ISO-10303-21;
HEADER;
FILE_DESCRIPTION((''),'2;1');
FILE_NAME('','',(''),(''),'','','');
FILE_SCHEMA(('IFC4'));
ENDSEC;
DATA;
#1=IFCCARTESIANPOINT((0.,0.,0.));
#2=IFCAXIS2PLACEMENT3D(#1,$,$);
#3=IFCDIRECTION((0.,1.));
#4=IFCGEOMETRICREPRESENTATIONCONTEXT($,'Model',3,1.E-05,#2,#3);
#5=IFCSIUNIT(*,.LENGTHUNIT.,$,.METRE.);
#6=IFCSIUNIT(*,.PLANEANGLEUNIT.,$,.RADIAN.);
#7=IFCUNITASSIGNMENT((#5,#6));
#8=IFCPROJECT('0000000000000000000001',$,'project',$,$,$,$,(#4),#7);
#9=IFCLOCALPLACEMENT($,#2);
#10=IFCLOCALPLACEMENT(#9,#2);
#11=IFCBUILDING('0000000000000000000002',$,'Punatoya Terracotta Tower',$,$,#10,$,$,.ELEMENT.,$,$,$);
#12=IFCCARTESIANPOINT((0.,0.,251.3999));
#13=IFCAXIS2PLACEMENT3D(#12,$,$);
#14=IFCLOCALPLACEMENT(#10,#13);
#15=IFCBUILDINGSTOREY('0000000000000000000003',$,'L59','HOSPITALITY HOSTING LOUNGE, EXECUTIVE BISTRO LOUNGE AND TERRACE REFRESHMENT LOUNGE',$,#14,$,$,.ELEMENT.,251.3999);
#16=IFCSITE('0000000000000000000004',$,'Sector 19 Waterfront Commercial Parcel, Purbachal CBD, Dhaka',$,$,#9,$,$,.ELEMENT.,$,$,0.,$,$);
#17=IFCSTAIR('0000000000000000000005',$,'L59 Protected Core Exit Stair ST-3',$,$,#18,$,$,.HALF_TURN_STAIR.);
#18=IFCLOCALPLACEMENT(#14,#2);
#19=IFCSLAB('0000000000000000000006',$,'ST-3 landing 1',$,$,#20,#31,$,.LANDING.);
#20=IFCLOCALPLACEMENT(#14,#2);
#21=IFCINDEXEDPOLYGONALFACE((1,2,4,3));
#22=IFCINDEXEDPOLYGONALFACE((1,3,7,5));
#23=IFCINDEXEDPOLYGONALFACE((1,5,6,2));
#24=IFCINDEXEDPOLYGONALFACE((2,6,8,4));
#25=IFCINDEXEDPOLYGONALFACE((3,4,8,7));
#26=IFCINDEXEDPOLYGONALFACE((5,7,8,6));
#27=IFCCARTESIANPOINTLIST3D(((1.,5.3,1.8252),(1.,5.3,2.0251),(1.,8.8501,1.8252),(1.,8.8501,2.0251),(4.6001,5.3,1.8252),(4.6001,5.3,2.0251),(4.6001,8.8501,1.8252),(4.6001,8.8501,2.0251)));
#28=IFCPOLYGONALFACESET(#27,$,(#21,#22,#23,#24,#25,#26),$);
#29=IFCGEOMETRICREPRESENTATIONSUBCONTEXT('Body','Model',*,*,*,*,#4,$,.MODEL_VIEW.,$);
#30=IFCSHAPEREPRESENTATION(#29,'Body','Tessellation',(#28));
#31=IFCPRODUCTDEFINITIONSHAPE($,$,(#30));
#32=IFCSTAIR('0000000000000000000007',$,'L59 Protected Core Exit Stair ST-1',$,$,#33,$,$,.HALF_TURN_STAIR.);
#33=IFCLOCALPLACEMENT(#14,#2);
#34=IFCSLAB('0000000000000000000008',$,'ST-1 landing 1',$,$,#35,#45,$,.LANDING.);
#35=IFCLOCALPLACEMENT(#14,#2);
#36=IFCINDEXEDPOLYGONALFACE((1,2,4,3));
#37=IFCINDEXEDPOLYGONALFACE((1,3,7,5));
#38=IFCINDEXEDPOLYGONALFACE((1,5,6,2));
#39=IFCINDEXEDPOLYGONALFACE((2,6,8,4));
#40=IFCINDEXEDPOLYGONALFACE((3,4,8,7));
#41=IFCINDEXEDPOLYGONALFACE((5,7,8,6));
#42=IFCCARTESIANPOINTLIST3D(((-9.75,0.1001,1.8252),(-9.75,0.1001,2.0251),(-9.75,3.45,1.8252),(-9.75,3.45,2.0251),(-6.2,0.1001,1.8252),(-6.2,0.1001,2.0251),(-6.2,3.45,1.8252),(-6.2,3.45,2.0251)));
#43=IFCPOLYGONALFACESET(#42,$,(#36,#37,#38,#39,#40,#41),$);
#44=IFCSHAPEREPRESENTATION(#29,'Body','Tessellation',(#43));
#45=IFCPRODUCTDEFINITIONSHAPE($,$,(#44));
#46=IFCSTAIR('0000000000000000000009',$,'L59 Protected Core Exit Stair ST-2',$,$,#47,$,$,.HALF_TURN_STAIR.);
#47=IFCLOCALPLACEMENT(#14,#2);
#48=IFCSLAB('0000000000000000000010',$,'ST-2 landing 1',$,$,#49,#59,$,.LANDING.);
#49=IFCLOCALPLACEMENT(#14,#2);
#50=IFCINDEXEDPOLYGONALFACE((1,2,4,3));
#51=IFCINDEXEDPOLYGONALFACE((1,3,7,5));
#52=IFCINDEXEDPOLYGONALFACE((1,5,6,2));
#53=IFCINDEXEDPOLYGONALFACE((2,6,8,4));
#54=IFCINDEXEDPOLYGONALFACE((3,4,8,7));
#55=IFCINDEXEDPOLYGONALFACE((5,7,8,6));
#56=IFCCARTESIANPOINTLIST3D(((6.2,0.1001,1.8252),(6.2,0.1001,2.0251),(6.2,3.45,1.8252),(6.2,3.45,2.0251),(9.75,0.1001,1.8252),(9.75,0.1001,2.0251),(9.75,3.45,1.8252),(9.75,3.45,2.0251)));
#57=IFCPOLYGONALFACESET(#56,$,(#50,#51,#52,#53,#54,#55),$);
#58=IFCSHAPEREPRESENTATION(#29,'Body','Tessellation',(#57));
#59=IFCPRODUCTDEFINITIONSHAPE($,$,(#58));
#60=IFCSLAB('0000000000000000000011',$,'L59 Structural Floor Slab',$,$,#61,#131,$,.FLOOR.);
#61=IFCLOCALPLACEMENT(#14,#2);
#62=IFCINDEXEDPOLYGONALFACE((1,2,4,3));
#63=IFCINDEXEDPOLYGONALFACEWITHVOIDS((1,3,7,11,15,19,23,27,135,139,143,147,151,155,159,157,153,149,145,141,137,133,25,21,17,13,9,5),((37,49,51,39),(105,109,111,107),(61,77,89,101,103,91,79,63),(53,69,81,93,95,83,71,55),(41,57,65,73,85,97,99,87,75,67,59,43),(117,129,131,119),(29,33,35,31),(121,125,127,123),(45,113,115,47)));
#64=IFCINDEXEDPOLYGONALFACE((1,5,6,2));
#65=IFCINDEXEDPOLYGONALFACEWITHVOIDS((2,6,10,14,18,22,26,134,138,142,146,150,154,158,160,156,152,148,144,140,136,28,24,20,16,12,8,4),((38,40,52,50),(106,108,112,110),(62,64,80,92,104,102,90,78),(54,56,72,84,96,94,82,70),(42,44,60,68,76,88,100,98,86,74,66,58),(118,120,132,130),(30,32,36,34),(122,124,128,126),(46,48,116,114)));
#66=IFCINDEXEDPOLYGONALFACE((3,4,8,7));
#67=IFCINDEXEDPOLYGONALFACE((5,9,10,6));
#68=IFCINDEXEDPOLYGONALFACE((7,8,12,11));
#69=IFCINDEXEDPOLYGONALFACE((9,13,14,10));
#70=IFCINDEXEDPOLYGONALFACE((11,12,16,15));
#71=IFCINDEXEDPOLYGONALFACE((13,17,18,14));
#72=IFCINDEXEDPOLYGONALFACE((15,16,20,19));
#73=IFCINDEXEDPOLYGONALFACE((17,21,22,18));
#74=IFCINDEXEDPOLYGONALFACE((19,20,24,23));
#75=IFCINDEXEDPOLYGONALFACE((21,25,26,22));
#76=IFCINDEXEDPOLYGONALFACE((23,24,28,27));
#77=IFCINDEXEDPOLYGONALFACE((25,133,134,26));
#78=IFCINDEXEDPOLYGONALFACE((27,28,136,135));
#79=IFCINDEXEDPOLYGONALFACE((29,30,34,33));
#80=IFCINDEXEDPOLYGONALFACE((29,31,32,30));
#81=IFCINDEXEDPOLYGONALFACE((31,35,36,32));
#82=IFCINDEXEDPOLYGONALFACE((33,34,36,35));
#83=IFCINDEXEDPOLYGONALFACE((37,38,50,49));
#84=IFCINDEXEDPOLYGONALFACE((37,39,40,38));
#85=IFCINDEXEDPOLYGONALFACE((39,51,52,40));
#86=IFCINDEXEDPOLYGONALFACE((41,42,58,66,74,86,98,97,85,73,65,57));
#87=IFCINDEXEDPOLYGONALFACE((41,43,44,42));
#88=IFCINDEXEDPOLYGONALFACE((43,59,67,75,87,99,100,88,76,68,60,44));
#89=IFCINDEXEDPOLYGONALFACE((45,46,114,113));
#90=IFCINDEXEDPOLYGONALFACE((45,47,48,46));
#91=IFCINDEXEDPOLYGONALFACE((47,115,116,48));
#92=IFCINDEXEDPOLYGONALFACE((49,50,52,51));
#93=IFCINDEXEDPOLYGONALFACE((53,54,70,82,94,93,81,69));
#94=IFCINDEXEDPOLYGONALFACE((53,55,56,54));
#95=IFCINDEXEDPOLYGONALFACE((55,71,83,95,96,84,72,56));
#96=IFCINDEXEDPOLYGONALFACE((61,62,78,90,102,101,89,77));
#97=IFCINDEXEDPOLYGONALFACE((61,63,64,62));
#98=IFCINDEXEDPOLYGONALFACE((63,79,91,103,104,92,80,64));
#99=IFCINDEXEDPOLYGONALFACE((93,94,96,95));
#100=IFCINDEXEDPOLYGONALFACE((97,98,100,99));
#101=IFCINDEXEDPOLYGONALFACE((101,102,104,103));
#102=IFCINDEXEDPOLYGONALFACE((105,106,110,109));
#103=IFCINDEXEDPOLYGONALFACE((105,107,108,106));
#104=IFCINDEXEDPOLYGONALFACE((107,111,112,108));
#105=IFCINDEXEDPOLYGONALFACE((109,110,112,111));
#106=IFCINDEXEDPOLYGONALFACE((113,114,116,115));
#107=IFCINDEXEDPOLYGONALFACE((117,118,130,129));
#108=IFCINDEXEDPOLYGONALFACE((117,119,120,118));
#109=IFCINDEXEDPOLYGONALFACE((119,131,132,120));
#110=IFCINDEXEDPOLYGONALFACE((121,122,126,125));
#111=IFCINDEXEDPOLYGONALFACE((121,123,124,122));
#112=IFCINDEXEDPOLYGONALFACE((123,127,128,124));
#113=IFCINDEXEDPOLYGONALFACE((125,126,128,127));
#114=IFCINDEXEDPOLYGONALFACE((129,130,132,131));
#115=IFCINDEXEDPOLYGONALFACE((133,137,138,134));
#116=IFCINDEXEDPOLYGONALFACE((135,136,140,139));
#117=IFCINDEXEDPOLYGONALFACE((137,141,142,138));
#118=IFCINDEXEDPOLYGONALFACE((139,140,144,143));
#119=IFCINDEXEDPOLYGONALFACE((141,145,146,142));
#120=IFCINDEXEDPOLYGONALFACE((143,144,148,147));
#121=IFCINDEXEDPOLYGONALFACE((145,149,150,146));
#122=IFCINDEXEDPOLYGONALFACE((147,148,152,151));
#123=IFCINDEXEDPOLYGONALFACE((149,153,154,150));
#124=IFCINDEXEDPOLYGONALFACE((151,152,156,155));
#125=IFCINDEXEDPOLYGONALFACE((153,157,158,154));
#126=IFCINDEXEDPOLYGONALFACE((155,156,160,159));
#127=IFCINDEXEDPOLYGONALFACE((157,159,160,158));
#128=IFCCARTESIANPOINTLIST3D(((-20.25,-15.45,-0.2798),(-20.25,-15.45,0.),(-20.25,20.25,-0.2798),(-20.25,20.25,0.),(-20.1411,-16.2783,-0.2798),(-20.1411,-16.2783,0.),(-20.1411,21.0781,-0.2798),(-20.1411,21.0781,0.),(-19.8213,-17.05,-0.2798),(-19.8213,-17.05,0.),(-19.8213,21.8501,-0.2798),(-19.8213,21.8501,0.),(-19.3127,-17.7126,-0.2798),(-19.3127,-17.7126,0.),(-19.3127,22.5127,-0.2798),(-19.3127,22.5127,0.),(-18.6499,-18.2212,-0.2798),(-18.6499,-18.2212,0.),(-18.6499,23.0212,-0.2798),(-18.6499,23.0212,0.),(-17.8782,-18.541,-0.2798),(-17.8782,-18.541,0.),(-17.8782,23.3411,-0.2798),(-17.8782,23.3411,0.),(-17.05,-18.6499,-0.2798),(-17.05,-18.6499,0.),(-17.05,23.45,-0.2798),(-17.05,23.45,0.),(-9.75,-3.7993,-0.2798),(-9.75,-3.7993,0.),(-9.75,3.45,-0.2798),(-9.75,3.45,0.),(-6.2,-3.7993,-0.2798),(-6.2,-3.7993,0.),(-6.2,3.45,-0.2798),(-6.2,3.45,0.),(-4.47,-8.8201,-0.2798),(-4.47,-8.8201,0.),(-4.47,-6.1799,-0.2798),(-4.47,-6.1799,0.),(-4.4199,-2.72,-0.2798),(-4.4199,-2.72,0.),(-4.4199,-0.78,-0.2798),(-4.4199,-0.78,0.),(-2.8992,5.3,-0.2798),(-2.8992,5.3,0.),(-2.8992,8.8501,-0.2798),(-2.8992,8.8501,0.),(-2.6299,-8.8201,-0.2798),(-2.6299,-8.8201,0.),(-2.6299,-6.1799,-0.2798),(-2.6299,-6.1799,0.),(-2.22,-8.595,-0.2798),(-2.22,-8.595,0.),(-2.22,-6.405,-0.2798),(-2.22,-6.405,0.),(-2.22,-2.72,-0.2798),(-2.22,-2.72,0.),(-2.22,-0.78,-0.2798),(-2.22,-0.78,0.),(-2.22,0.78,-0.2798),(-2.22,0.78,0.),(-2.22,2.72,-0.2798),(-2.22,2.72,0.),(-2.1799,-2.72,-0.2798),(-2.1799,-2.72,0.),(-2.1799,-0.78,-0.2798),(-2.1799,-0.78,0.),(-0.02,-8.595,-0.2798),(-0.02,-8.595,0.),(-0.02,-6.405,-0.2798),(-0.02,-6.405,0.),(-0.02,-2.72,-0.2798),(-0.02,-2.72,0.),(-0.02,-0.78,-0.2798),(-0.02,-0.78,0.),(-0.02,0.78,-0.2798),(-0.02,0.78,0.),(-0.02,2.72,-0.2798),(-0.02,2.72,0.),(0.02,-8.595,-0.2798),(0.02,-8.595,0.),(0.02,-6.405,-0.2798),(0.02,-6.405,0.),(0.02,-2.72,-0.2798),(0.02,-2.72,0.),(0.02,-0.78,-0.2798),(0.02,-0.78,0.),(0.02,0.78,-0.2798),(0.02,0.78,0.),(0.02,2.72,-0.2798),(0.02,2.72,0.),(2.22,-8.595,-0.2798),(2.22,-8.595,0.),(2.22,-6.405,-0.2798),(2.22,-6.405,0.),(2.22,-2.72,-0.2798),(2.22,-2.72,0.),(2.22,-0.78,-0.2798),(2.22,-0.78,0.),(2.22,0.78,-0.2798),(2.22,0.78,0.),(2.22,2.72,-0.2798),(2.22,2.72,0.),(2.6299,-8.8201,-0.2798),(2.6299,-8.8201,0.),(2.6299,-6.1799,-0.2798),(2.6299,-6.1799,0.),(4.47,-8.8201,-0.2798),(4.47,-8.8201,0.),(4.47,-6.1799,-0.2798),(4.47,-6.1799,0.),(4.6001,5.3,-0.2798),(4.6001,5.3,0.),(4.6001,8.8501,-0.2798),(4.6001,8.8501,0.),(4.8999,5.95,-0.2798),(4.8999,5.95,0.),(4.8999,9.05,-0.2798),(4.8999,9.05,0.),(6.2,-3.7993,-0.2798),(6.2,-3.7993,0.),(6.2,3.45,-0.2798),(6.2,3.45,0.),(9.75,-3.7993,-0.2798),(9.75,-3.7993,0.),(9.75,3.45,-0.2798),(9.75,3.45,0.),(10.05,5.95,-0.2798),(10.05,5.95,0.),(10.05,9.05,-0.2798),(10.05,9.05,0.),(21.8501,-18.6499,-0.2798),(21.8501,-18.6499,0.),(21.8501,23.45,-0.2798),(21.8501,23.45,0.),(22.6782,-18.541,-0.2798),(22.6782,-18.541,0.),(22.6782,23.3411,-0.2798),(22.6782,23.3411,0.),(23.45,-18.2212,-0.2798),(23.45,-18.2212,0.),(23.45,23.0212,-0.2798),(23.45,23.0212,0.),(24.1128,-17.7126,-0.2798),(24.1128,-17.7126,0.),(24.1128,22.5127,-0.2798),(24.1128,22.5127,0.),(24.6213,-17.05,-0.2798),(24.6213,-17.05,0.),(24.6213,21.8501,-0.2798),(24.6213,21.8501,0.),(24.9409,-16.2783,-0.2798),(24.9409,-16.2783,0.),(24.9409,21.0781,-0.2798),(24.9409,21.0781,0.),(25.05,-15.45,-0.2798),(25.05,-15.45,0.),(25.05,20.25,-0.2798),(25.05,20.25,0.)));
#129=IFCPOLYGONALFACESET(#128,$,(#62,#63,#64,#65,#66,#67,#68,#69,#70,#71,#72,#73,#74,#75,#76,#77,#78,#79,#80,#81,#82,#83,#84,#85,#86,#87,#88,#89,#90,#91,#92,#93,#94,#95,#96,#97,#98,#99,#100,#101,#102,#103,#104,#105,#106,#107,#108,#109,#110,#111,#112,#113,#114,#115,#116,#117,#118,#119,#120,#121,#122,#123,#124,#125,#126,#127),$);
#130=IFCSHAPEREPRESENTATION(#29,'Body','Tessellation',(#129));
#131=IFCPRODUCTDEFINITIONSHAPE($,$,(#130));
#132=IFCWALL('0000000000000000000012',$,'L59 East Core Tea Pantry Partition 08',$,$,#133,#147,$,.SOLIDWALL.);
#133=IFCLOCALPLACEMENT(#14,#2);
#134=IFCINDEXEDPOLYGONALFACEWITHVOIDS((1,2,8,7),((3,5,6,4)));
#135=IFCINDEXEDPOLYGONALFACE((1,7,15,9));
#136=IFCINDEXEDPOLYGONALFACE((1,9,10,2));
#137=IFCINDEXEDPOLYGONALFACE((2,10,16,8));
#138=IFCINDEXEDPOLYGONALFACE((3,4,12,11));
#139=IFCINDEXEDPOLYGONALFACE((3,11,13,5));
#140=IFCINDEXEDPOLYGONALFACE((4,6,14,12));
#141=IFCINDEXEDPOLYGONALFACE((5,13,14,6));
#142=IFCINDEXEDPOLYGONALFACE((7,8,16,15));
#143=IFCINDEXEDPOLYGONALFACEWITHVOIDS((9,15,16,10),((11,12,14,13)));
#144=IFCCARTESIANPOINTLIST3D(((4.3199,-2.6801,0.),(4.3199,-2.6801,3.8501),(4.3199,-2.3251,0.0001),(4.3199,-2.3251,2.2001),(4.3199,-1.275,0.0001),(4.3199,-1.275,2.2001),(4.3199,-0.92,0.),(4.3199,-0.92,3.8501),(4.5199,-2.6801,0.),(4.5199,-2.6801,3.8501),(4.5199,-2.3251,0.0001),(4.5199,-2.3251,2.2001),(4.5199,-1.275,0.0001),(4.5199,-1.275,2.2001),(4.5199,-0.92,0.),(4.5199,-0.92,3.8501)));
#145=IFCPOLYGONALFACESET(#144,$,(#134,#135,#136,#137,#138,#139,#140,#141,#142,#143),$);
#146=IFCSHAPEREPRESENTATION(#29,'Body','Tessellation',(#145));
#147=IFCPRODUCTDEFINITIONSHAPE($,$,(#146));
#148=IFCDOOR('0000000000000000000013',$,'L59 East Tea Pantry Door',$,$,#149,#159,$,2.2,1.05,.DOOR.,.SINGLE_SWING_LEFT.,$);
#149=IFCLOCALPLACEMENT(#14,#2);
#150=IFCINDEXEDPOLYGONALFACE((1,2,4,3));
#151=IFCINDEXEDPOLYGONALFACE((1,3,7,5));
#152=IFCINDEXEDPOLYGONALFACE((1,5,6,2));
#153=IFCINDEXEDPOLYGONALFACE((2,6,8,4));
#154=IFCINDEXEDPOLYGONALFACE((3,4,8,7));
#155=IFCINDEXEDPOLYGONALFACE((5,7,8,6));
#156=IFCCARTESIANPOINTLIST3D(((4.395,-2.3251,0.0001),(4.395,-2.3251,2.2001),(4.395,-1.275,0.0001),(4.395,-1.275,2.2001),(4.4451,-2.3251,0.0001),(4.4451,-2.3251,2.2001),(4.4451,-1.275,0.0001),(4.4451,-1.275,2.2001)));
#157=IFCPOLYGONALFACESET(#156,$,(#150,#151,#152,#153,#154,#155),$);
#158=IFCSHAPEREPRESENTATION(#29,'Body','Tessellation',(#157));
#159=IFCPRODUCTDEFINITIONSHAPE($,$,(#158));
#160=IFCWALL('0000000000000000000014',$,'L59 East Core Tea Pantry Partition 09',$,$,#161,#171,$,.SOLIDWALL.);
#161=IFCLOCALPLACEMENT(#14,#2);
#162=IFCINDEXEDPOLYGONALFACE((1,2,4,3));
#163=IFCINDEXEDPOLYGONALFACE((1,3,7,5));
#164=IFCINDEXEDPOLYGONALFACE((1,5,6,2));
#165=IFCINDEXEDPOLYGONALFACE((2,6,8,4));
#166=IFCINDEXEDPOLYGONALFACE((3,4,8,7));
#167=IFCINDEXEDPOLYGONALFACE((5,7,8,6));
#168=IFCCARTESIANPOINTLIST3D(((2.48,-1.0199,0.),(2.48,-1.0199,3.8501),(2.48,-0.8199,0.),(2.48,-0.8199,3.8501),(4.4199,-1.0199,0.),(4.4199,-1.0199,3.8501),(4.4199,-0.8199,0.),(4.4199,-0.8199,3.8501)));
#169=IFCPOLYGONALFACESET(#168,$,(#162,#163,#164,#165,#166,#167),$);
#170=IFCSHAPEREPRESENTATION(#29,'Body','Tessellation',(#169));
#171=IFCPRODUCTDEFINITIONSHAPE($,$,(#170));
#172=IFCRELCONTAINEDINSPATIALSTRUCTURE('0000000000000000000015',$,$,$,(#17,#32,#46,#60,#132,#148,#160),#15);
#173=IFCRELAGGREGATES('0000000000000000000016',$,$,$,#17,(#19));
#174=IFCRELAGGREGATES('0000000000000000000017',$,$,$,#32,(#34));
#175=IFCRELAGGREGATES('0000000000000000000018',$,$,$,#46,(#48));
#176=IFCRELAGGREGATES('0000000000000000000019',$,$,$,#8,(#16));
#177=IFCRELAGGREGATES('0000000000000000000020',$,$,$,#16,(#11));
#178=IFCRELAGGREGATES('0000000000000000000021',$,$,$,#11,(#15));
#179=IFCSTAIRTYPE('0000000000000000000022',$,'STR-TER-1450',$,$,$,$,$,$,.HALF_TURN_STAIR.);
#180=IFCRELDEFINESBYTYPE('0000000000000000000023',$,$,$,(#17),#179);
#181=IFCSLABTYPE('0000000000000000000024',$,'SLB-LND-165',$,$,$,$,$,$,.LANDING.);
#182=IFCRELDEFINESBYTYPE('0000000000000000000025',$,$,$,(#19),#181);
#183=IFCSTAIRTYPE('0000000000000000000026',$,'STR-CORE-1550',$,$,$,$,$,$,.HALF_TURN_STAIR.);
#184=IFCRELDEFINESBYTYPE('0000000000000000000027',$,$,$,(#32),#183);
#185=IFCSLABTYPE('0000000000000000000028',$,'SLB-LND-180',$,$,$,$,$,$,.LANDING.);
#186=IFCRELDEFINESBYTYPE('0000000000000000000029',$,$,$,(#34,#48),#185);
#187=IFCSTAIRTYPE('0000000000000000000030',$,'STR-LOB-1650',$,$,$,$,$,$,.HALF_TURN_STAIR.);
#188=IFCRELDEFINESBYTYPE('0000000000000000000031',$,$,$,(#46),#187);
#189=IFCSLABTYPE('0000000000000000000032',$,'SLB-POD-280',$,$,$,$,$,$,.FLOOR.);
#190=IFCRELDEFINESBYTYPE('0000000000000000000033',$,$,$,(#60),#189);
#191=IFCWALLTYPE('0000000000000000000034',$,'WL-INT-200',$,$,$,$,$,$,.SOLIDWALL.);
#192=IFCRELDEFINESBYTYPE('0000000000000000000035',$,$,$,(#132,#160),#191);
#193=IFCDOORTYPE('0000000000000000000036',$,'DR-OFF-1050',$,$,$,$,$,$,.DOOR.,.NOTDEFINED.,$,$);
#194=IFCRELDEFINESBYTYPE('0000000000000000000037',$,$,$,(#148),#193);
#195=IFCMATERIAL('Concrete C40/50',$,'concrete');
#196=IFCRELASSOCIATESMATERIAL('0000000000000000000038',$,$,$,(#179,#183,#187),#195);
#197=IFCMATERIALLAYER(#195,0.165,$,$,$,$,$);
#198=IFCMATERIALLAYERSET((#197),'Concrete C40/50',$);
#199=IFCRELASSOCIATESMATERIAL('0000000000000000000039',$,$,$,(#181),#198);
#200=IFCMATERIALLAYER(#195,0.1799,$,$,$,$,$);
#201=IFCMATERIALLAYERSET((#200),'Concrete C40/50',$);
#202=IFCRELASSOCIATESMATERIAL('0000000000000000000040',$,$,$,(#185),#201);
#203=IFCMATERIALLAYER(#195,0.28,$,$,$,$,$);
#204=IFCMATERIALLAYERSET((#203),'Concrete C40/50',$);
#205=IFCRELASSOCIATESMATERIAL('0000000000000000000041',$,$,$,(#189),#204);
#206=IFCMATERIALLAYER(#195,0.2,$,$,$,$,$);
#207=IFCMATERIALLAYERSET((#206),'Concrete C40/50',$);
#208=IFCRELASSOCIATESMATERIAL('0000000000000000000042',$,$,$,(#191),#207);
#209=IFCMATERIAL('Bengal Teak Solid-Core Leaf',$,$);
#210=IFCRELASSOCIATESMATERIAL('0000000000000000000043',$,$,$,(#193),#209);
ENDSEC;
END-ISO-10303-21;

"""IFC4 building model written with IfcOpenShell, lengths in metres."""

from ifc_helpers import new_model, si_unit, direction, frame, frame_2d, origin, place, context, subcontext, project, spatial, polyline, rectangle, outline, extrude, material, layer, layer_set, type_object, element, fill, aggregate, save


model = new_model("IFC4")

# Units and contexts
model_context = context("Model", 3, precision=1e-05, world=origin(), true_north=direction((0.0, 1.0)))
body_context = subcontext(model_context, "Body", "Model", "MODEL_VIEW")
ifc_project = project(units=[si_unit("LENGTHUNIT", "METRE"), si_unit("PLANEANGLEUNIT", "RADIAN")], contexts=[model_context])

# Site, building, storey
site_placement = place(None, origin())
site = spatial("IfcSite", under=ifc_project, at=site_placement, Name="Sector 19 Waterfront Commercial Parcel, Purbachal CBD, Dhaka", CompositionType="ELEMENT", RefElevation=0.0)
building_placement = place(site_placement, origin())
building = spatial("IfcBuilding", under=site, at=building_placement, Name="Punatoya Terracotta Tower", CompositionType="ELEMENT")
storey_placement = place(building_placement, frame((0.0, 0.0, 251.3999)))
storey = spatial("IfcBuildingStorey", under=building, at=storey_placement, Name="L59", Description="HOSPITALITY HOSTING LOUNGE, EXECUTIVE BISTRO LOUNGE AND TERRACE REFRESHMENT LOUNGE", CompositionType="ELEMENT", Elevation=251.3999)

# Stairs, slabs
ifc_material_1 = material(Name="Concrete C40/50", Category="concrete")
stair_type_1 = type_object("IfcStairType", Name="STR-TER-1450", PredefinedType="HALF_TURN_STAIR", material=ifc_material_1)
stair_1_placement = place(storey_placement, origin())
stair_1 = element("IfcStair", 1, at=stair_1_placement, inside=storey, type_object=stair_type_1, Name="L59 Protected Core Exit Stair ST-3", PredefinedType="HALF_TURN_STAIR")
ifc_layer_1 = layer(ifc_material_1, 0.165)
ifc_layer_set_1 = layer_set([ifc_layer_1], Name="Concrete C40/50")
slab_type_1 = type_object("IfcSlabType", Name="SLB-LND-165", PredefinedType="LANDING", material=ifc_layer_set_1)
slab_1_placement = place(storey_placement, frame((0.0, 0.0, 1.8252)))
slab_1 = element("IfcSlab", 2, at=slab_1_placement, type_object=slab_type_1, Name="ST-3 landing 1", PredefinedType="LANDING", context=body_context, shape_type="SweptSolid", body=[
    extrude(outline(polyline([(1.0, 5.3), (4.6001, 5.3), (4.6001, 8.8501), (1.0, 8.8501), (1.0, 5.3)])), origin(), (0.0, 0.0, 1.0), 0.2),
])
aggregate(stair_1, [slab_1])
stair_type_2 = type_object("IfcStairType", Name="STR-CORE-1550", PredefinedType="HALF_TURN_STAIR", material=ifc_material_1)
stair_2_placement = place(storey_placement, origin())
stair_2 = element("IfcStair", 3, at=stair_2_placement, inside=storey, type_object=stair_type_2, Name="L59 Protected Core Exit Stair ST-1", PredefinedType="HALF_TURN_STAIR")
ifc_layer_2 = layer(ifc_material_1, 0.1799)
ifc_layer_set_2 = layer_set([ifc_layer_2], Name="Concrete C40/50")
slab_type_2 = type_object("IfcSlabType", Name="SLB-LND-180", PredefinedType="LANDING", material=ifc_layer_set_2)
slab_2_placement = place(storey_placement, frame((0.0, 0.0, 1.8252)))
slab_2 = element("IfcSlab", 4, at=slab_2_placement, type_object=slab_type_2, Name="ST-1 landing 1", PredefinedType="LANDING", context=body_context, shape_type="SweptSolid", body=[
    extrude(outline(polyline([(-6.2, 0.1001), (-6.2, 3.45), (-9.75, 3.45), (-9.75, 0.1001), (-6.2, 0.1001)])), origin(), (0.0, 0.0, 1.0), 0.2),
])
aggregate(stair_2, [slab_2])
stair_type_3 = type_object("IfcStairType", Name="STR-LOB-1650", PredefinedType="HALF_TURN_STAIR", material=ifc_material_1)
stair_3_placement = place(storey_placement, origin())
stair_3 = element("IfcStair", 5, at=stair_3_placement, inside=storey, type_object=stair_type_3, Name="L59 Protected Core Exit Stair ST-2", PredefinedType="HALF_TURN_STAIR")
slab_3_placement = place(storey_placement, frame((0.0, 0.0, 1.8252)))
slab_3 = element("IfcSlab", 6, at=slab_3_placement, type_object=slab_type_2, Name="ST-2 landing 1", PredefinedType="LANDING", context=body_context, shape_type="SweptSolid", body=[
    extrude(outline(polyline([(9.75, 0.1001), (9.75, 3.45), (6.2, 3.45), (6.2, 0.1001), (9.75, 0.1001)])), origin(), (0.0, 0.0, 1.0), 0.2),
])

# Slab
ifc_layer_3 = layer(ifc_material_1, 0.28)
ifc_layer_set_3 = layer_set([ifc_layer_3], Name="Concrete C40/50")
slab_type_3 = type_object("IfcSlabType", Name="SLB-POD-280", PredefinedType="FLOOR", material=ifc_layer_set_3)
slab_4_placement = place(storey_placement, frame((0.0, 0.0, -0.2798)))
element("IfcSlab", 7, at=slab_4_placement, inside=storey, type_object=slab_type_3, Name="L59 Structural Floor Slab", PredefinedType="FLOOR", context=body_context, shape_type="SweptSolid", body=[
    extrude(outline(polyline([(-17.05, -18.6499), (-17.8782, -18.541), (-18.6499, -18.2212), (-19.3127, -17.7126), (-19.8213, -17.05), (-20.1411, -16.2783), (-20.25, -15.45), (-20.25, 20.25), (-20.1411, 21.0781), (-19.8213, 21.8501), (-19.3127, 22.5127), (-18.6499, 23.0212), (-17.8782, 23.3411), (-17.05, 23.45), (21.8501, 23.45), (22.6782, 23.3411), (23.45, 23.0212), (24.1128, 22.5127), (24.6213, 21.8501), (24.9409, 21.0781), (25.05, 20.25), (25.05, -15.45), (24.9409, -16.2783), (24.6213, -17.05), (24.1128, -17.7126), (23.45, -18.2212), (22.6782, -18.541), (21.8501, -18.6499), (-17.05, -18.6499)]), holes=[polyline([(-2.6299, -6.1799), (-4.47, -6.1799), (-4.47, -8.8201), (-2.6299, -8.8201), (-2.6299, -6.1799)]), polyline([(0.02, -8.595), (2.22, -8.595), (2.22, -6.405), (0.02, -6.405), (-0.02, -6.405), (-2.22, -6.405), (-2.22, -8.595), (-0.02, -8.595), (0.02, -8.595)]), polyline([(-2.22, -2.72), (-2.1799, -2.72), (-0.02, -2.72), (0.02, -2.72), (2.22, -2.72), (2.22, -0.78), (0.02, -0.78), (-0.02, -0.78), (-2.1799, -0.78), (-2.22, -0.78), (-4.4199, -0.78), (-4.4199, -2.72), (-2.22, -2.72)]), polyline([(-6.2, 3.45), (-9.75, 3.45), (-9.75, -3.7993), (-6.2, -3.7993), (-6.2, 3.45)]), polyline([(0.02, 0.78), (2.22, 0.78), (2.22, 2.72), (0.02, 2.72), (-0.02, 2.72), (-2.22, 2.72), (-2.22, 0.78), (-0.02, 0.78), (0.02, 0.78)]), polyline([(4.6001, 8.8501), (-2.8992, 8.8501), (-2.8992, 5.3), (4.6001, 5.3), (4.6001, 8.8501)]), polyline([(4.47, -8.8201), (4.47, -6.1799), (2.6299, -6.1799), (2.6299, -8.8201), (4.47, -8.8201)]), polyline([(9.75, 3.45), (6.2, 3.45), (6.2, -3.7993), (9.75, -3.7993), (9.75, 3.45)]), polyline([(10.05, 5.95), (10.05, 9.05), (4.8999, 9.05), (4.8999, 5.95), (10.05, 5.95)])]), origin(), (0.0, 0.0, 1.0), 0.2798),
])

# Wall, opening, door
ifc_layer_4 = layer(ifc_material_1, 0.2)
ifc_layer_set_4 = layer_set([ifc_layer_4], Name="Concrete C40/50")
wall_type_1 = type_object("IfcWallType", Name="WL-INT-200", PredefinedType="SOLIDWALL", material=ifc_layer_set_4)
wall_1_placement = place(storey_placement, frame((4.4199, -2.6799, 0.0), z_axis=(0.0, 0.0, 1.0), x_axis=(0.0, 1.0, 0.0)))
wall_1 = element("IfcWall", 8, at=wall_1_placement, inside=storey, type_object=wall_type_1, Name="L59 East Core Tea Pantry Partition 08", PredefinedType="SOLIDWALL", context=body_context, shape_type="SweptSolid", body=[
    extrude(rectangle(XDim=1.76, YDim=0.2, at=frame_2d((0.8799, 0.0))), origin(), (0.0, 0.0, 1.0), 3.8501),
])
opening_1_placement = place(wall_1_placement, frame((0.355, 0.0, 0.0)))
opening_1 = element("IfcOpeningElement", 9, at=opening_1_placement, cuts=wall_1, PredefinedType="OPENING", context=body_context, shape_type="SweptSolid", body=[
    extrude(rectangle(XDim=1.05, YDim=2.2, at=frame_2d((0.5249, 1.1001))), frame((0.0, 0.1099, 0.0), z_axis=(0.0, -1.0, 0.0), x_axis=(1.0, 0.0, 0.0)), (0.0, 0.0, 1.0), 0.22),
])
ifc_material_2 = material(Name="Bengal Teak Solid-Core Leaf")
door_type_1 = type_object("IfcDoorType", Name="DR-OFF-1050", OperationType="NOTDEFINED", PredefinedType="DOOR", material=ifc_material_2)
door_1_placement = place(opening_1_placement, origin())
door_1 = element("IfcDoor", 10, at=door_1_placement, inside=storey, type_object=door_type_1, Name="L59 East Tea Pantry Door", OperationType="SINGLE_SWING_LEFT", OverallHeight=2.2, OverallWidth=1.05, PredefinedType="DOOR", context=body_context, shape_type="SweptSolid", body=[
    extrude(rectangle(XDim=1.05, YDim=2.2, at=frame_2d((0.5249, 1.1001))), frame((0.0, 0.0249, 0.0), z_axis=(0.0, -1.0, 0.0), x_axis=(1.0, 0.0, 0.0)), (0.0, 0.0, 1.0), 0.05),
])
fill(opening_1, door_1)

# Wall
for number, where, z_axis, x_axis, name in (
    (11, (4.4199, -0.9199, 0.0), (0.0, 0.0, 1.0), (-1.0, 0.0, 0.0), "L59 East Core Tea Pantry Partition 09"),
):
    element("IfcWall", number, at=place(storey_placement, frame(where, z_axis=z_axis, x_axis=x_axis)), inside=storey, type_object=wall_type_1, Name=name, PredefinedType="SOLIDWALL", context=body_context, shape_type="SweptSolid", body=[
        extrude(rectangle(XDim=1.9399, YDim=0.2, at=frame_2d((0.97, 0.0))), origin(), (0.0, 0.0, 1.0), 3.8501),
    ])

aggregate(stair_3, [slab_3])

save(model, "model.ifc")
